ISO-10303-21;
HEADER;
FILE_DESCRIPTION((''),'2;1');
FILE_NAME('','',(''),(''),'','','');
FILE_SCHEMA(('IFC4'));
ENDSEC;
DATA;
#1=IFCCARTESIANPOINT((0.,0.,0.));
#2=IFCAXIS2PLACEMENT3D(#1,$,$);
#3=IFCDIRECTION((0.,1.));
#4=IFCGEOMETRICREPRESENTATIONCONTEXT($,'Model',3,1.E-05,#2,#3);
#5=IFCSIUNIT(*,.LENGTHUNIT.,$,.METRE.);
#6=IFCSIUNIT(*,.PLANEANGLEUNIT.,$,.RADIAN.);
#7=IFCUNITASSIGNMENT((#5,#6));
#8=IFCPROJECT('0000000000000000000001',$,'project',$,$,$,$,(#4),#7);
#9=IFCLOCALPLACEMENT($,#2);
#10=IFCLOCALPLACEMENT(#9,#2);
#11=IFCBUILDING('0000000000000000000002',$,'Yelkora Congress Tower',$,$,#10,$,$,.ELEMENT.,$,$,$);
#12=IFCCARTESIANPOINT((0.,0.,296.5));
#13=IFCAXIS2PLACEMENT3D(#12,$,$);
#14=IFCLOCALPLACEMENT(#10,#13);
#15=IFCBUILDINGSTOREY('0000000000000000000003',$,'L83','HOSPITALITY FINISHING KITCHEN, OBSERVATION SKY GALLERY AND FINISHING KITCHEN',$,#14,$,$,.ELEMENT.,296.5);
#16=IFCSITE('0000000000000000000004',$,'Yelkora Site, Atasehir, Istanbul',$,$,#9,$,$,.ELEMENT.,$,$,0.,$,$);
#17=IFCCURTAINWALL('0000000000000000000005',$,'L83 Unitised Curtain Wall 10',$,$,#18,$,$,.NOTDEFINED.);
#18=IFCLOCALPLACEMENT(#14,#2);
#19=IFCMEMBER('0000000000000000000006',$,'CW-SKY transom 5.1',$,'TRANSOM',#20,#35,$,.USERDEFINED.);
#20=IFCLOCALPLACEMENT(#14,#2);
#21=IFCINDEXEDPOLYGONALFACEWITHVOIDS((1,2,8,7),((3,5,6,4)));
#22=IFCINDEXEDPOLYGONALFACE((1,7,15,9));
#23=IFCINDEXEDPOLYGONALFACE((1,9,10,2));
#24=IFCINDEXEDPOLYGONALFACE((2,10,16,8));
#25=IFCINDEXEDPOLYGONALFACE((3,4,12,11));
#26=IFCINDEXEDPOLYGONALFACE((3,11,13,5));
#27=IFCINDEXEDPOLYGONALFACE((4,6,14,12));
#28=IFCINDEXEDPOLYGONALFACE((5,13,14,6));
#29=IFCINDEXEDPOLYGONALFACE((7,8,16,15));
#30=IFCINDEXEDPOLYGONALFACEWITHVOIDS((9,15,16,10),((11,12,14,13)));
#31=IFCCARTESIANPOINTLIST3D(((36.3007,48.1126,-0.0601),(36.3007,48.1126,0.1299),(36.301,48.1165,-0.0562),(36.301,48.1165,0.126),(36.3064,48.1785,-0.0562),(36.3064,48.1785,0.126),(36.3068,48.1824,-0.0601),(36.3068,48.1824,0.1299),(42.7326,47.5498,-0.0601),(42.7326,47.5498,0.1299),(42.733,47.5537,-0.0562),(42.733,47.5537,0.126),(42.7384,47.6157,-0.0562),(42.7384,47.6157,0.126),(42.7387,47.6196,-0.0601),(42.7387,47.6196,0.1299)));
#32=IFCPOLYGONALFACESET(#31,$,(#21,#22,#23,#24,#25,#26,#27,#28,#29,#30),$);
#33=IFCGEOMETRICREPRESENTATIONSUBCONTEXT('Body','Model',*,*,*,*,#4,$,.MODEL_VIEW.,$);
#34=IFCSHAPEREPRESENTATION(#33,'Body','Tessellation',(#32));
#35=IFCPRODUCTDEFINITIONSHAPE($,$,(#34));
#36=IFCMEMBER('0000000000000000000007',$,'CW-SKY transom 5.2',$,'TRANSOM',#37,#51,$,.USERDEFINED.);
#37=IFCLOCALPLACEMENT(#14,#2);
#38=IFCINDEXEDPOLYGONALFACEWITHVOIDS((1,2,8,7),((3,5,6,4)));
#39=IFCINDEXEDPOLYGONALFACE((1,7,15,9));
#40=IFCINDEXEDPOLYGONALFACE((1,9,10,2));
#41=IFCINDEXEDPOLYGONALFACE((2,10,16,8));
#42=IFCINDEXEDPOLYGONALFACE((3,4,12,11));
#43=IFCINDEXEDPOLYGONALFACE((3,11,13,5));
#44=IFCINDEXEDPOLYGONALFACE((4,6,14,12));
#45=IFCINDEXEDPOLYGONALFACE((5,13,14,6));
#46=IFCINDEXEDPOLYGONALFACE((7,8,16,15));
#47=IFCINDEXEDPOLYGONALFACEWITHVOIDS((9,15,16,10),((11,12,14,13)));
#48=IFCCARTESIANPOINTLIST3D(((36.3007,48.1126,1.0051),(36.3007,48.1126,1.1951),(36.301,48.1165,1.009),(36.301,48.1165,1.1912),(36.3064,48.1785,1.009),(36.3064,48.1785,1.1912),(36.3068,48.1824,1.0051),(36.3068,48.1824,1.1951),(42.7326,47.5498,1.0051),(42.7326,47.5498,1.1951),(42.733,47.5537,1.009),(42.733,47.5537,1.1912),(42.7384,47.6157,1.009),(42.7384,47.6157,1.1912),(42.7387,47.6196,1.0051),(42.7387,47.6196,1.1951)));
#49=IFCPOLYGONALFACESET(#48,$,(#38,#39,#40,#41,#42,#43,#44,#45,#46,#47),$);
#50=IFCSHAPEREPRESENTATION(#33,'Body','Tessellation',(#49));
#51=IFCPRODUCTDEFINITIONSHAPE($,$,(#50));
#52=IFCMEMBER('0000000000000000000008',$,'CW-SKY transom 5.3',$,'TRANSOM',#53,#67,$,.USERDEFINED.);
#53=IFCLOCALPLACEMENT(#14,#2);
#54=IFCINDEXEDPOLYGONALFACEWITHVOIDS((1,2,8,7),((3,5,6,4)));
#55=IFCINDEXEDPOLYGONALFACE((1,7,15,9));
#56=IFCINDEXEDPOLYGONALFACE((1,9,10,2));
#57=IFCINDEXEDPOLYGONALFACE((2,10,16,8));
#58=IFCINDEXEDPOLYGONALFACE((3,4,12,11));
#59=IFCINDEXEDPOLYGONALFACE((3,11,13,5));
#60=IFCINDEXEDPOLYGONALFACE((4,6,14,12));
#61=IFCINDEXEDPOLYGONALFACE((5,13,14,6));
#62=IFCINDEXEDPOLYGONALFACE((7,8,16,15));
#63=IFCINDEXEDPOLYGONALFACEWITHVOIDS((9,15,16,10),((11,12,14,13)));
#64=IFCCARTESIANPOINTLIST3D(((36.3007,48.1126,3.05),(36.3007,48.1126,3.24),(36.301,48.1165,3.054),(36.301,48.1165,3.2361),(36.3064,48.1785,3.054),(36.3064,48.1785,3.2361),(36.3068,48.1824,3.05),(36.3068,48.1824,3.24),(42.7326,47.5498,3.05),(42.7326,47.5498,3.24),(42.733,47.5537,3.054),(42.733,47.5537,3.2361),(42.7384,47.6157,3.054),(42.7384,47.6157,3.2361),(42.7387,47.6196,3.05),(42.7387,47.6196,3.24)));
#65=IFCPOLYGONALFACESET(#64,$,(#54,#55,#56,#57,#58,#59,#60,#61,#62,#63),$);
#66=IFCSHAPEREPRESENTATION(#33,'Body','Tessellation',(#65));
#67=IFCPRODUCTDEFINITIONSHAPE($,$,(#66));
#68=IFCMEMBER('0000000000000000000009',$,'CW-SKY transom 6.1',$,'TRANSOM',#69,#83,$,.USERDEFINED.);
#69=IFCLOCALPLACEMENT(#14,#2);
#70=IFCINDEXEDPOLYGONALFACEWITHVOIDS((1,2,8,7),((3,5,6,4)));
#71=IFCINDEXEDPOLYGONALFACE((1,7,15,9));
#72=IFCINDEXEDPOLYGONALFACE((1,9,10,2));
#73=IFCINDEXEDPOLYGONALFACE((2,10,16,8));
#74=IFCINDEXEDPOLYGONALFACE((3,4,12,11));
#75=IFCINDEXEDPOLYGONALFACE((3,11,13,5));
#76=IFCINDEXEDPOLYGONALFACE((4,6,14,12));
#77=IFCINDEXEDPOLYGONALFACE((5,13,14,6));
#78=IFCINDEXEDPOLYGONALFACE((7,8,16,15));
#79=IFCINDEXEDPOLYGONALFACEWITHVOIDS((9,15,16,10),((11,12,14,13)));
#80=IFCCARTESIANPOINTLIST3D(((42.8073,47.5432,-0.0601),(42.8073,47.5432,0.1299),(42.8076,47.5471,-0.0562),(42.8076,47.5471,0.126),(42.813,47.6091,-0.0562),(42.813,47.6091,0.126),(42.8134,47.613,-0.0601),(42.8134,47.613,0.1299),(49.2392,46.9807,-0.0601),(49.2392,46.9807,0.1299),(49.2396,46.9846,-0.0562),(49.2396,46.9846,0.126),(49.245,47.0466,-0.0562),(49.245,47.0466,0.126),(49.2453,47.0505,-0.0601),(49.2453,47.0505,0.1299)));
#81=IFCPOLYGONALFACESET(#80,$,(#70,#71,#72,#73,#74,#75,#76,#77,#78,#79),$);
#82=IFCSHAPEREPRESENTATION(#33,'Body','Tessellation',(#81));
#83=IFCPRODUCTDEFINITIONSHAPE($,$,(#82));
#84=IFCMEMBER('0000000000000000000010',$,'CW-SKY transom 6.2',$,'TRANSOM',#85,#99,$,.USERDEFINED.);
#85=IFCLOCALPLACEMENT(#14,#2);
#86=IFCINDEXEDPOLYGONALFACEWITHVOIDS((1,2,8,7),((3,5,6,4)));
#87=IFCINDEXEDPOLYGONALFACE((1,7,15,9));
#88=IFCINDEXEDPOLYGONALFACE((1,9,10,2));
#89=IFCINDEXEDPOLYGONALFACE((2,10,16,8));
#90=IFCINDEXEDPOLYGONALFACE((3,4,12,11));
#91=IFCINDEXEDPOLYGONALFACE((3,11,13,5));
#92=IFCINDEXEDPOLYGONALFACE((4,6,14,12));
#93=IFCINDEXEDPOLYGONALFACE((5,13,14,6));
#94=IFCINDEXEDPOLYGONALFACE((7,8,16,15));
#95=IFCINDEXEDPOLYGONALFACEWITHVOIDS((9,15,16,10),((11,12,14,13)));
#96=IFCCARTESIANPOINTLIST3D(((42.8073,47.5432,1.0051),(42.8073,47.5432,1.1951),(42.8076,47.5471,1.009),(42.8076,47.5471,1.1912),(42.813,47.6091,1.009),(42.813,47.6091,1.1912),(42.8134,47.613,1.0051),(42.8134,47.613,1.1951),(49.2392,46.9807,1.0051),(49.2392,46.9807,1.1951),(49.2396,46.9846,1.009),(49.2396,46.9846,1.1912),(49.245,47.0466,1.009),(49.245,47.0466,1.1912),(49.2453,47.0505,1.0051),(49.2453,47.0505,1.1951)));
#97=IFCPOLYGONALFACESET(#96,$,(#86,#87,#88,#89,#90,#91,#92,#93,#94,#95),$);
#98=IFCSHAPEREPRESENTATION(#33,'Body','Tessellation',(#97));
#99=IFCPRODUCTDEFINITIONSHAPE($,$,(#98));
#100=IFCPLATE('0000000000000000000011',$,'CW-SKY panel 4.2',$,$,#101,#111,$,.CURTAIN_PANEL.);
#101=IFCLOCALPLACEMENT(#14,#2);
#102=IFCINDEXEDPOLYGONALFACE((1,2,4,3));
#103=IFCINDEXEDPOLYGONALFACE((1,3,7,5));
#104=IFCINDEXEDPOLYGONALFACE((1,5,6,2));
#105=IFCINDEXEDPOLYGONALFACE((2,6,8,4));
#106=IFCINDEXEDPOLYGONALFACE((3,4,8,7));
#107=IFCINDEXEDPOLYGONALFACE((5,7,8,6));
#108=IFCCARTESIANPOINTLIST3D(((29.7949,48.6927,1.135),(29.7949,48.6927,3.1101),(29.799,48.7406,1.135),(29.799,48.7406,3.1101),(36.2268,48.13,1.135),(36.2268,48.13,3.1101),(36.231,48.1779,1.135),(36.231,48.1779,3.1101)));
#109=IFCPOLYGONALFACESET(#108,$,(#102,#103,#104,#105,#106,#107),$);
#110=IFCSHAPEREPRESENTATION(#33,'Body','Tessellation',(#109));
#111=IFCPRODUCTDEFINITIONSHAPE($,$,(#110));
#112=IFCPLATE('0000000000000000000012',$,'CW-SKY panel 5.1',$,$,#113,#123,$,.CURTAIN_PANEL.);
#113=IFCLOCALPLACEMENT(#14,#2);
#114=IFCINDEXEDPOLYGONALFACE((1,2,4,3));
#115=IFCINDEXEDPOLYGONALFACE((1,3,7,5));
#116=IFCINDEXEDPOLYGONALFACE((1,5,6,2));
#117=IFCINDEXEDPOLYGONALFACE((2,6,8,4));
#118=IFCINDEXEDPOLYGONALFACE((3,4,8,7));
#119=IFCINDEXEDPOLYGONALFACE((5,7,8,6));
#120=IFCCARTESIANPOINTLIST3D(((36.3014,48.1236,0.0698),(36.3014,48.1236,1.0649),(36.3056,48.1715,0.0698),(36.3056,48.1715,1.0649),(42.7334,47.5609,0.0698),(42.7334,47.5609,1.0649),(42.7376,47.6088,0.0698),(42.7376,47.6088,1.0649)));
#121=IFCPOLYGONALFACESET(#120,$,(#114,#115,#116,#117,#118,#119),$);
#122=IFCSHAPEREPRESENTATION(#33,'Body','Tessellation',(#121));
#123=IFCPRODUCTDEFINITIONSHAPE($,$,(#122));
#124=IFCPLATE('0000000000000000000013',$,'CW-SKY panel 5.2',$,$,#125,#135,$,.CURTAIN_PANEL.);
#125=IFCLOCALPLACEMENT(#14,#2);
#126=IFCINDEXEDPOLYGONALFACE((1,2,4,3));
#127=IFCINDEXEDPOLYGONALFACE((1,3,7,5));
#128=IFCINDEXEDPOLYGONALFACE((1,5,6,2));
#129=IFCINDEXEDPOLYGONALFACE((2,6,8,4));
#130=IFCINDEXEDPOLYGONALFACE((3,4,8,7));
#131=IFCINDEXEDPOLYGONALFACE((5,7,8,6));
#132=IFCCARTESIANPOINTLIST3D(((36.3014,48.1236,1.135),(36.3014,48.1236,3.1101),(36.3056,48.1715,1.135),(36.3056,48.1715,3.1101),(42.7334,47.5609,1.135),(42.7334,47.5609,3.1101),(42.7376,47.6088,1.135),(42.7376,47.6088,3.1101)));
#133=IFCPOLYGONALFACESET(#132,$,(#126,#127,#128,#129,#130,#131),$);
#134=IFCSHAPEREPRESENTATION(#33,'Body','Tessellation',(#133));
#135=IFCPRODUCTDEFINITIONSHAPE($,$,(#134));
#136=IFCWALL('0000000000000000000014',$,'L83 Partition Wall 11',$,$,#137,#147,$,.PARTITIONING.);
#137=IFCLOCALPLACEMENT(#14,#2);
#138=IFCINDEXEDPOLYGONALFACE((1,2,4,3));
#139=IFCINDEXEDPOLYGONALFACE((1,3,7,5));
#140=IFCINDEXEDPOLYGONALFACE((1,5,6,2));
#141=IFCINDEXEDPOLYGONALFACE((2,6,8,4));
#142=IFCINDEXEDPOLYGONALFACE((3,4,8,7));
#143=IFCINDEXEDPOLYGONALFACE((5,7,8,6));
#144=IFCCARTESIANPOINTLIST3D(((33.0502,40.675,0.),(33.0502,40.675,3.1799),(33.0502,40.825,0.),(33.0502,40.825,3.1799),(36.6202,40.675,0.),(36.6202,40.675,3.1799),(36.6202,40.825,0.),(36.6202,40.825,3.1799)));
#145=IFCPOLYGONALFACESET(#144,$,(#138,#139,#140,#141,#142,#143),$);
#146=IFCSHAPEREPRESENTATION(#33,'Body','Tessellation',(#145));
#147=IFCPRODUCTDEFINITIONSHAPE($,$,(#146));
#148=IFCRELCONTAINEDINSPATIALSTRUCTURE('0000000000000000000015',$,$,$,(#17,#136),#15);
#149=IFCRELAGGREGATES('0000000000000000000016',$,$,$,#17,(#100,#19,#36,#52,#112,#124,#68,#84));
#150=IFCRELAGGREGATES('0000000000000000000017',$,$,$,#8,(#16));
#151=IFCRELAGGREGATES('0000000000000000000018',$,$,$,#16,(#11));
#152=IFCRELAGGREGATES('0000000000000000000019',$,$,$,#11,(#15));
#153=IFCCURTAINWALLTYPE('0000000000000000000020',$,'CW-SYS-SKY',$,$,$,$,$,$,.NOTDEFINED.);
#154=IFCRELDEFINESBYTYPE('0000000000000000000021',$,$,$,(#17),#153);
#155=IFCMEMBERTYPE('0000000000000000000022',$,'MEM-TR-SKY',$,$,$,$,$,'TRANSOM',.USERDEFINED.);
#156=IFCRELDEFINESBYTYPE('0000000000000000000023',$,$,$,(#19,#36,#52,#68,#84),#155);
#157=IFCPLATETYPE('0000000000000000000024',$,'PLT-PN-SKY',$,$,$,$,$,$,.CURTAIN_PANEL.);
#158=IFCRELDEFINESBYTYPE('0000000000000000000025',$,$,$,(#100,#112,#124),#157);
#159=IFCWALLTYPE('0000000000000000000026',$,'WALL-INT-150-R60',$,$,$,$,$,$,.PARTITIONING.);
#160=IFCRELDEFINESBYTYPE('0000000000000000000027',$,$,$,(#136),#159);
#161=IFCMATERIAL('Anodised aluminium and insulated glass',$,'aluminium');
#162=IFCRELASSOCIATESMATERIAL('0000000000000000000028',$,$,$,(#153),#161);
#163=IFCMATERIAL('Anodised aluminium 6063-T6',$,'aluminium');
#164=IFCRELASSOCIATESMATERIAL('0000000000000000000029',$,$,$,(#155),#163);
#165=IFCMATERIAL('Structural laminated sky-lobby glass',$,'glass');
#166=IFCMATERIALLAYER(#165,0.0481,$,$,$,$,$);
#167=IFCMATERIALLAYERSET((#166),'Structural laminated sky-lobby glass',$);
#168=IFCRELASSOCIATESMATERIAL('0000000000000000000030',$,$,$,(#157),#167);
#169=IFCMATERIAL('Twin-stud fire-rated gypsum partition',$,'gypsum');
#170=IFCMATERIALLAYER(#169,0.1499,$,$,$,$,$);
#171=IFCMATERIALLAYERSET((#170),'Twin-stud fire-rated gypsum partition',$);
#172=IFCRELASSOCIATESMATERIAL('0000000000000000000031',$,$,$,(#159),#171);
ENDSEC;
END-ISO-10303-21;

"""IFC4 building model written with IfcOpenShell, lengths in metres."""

from ifc_helpers import new_model, si_unit, direction, frame, frame_2d, origin, origin_2d, place, context, subcontext, project, spatial, rectangle, hollow_rectangle, extrude, material, layer, layer_set, material_profile, profile_set, type_object, element, aggregate, save


model = new_model("IFC4")

# Units and contexts
model_context = context("Model", 3, precision=1e-05, world=origin(), true_north=direction((0.0, 1.0)))
body_context = subcontext(model_context, "Body", "Model", "MODEL_VIEW")
ifc_project = project(units=[si_unit("LENGTHUNIT", "METRE"), si_unit("PLANEANGLEUNIT", "RADIAN")], contexts=[model_context])

# Site, building, storey
site_placement = place(None, origin())
site = spatial("IfcSite", under=ifc_project, at=site_placement, Name="Yelkora Site, Atasehir, Istanbul", CompositionType="ELEMENT", RefElevation=0.0)
building_placement = place(site_placement, origin())
building = spatial("IfcBuilding", under=site, at=building_placement, Name="Yelkora Congress Tower", CompositionType="ELEMENT")
storey_placement = place(building_placement, frame((0.0, 0.0, 296.5)))
storey = spatial("IfcBuildingStorey", under=building, at=storey_placement, Name="L83", Description="HOSPITALITY FINISHING KITCHEN, OBSERVATION SKY GALLERY AND FINISHING KITCHEN", CompositionType="ELEMENT", Elevation=296.5)

# Curtain wall, members, plates
ifc_material_1 = material(Name="Anodised aluminium and insulated glass", Category="aluminium")
curtain_wall_type = type_object("IfcCurtainWallType", Name="CW-SYS-SKY", PredefinedType="NOTDEFINED", material=ifc_material_1)
curtain_wall_placement = place(storey_placement, origin())
curtain_wall = element("IfcCurtainWall", 1, at=curtain_wall_placement, inside=storey, type_object=curtain_wall_type, Name="L83 Unitised Curtain Wall 10", PredefinedType="NOTDEFINED")
ifc_material_2 = material(Name="Anodised aluminium 6063-T6", Category="aluminium")
ifc_material_profile_1 = material_profile(ifc_material_2, hollow_rectangle(XDim=0.0701, YDim=0.1899, WallThickness=0.0039, at=origin_2d()), Name="ALU 70x190x4")
ifc_profile_set_1 = profile_set([ifc_material_profile_1], Name="Anodised aluminium 6063-T6")
member_type_1 = type_object("IfcMemberType", Name="MEM-TR-SKY", ElementType="TRANSOM", PredefinedType="USERDEFINED", material=ifc_profile_set_1)
member_1_placement = place(storey_placement, frame((36.3037, 48.1475, 0.0349), z_axis=(0.996194, -0.08716, 0.0), x_axis=(0.08716, 0.996194, 0.0)))
member_1 = element("IfcMember", 2, at=member_1_placement, type_object=member_type_1, Name="CW-SKY transom 5.1", ObjectType="TRANSOM", PredefinedType="USERDEFINED", context=body_context, shape_type="SweptSolid", body=[
    extrude(hollow_rectangle(XDim=0.0701, YDim=0.1899, WallThickness=0.0039, at=origin_2d()), origin(), (0.0, 0.0, 1.0), 6.4565),
])
member_2_placement = place(storey_placement, frame((36.3037, 48.1475, 1.1001), z_axis=(0.996194, -0.08716, 0.0), x_axis=(0.08716, 0.996194, 0.0)))
member_2 = element("IfcMember", 3, at=member_2_placement, type_object=member_type_1, Name="CW-SKY transom 5.2", ObjectType="TRANSOM", PredefinedType="USERDEFINED", context=body_context, shape_type="SweptSolid", body=[
    extrude(hollow_rectangle(XDim=0.0701, YDim=0.1899, WallThickness=0.0039, at=origin_2d()), origin(), (0.0, 0.0, 1.0), 6.4565),
])
member_3_placement = place(storey_placement, frame((36.3037, 48.1475, 3.145), z_axis=(0.996194, -0.08716, 0.0), x_axis=(0.08716, 0.996194, 0.0)))
member_3 = element("IfcMember", 4, at=member_3_placement, type_object=member_type_1, Name="CW-SKY transom 5.3", ObjectType="TRANSOM", PredefinedType="USERDEFINED", context=body_context, shape_type="SweptSolid", body=[
    extrude(hollow_rectangle(XDim=0.0701, YDim=0.1899, WallThickness=0.0039, at=origin_2d()), origin(), (0.0, 0.0, 1.0), 6.4565),
])
member_4_placement = place(storey_placement, frame((42.8103, 47.5781, 0.0349), z_axis=(0.996198, -0.087122, 0.0), x_axis=(0.087122, 0.996198, 0.0)))
member_4 = element("IfcMember", 5, at=member_4_placement, type_object=member_type_1, Name="CW-SKY transom 6.1", ObjectType="TRANSOM", PredefinedType="USERDEFINED", context=body_context, shape_type="SweptSolid", body=[
    extrude(hollow_rectangle(XDim=0.0701, YDim=0.1899, WallThickness=0.0039, at=origin_2d()), origin(), (0.0, 0.0, 1.0), 6.4565),
])
member_5_placement = place(storey_placement, frame((42.8103, 47.5781, 1.1001), z_axis=(0.996198, -0.087122, 0.0), x_axis=(0.087122, 0.996198, 0.0)))
member_5 = element("IfcMember", 6, at=member_5_placement, type_object=member_type_1, Name="CW-SKY transom 6.2", ObjectType="TRANSOM", PredefinedType="USERDEFINED", context=body_context, shape_type="SweptSolid", body=[
    extrude(hollow_rectangle(XDim=0.0701, YDim=0.1899, WallThickness=0.0039, at=origin_2d()), origin(), (0.0, 0.0, 1.0), 6.4565),
])
ifc_material_3 = material(Name="Structural laminated sky-lobby glass", Category="glass")
ifc_layer_1 = layer(ifc_material_3, 0.0481)
ifc_layer_set_1 = layer_set([ifc_layer_1], Name="Structural laminated sky-lobby glass")
plate_type = type_object("IfcPlateType", Name="PLT-PN-SKY", PredefinedType="CURTAIN_PANEL", material=ifc_layer_set_1)
plate_1_placement = place(storey_placement, frame((33.0129, 48.4353, 1.135), z_axis=(0.0, 0.0, 1.0), x_axis=(0.996195, -0.087157, 0.0)))
plate_1 = element("IfcPlate", 7, at=plate_1_placement, type_object=plate_type, Name="CW-SKY panel 4.2", PredefinedType="CURTAIN_PANEL", context=body_context, shape_type="SweptSolid", body=[
    extrude(rectangle(XDim=6.4565, YDim=0.0481, at=origin_2d()), origin(), (0.0, 0.0, 1.0), 1.9751),
])
plate_2_placement = place(storey_placement, frame((39.5195, 47.8662, 0.0698), z_axis=(0.0, 0.0, 1.0), x_axis=(0.996195, -0.087157, 0.0)))
plate_2 = element("IfcPlate", 8, at=plate_2_placement, type_object=plate_type, Name="CW-SKY panel 5.1", PredefinedType="CURTAIN_PANEL", context=body_context, shape_type="SweptSolid", body=[
    extrude(rectangle(XDim=6.4565, YDim=0.0481, at=origin_2d()), origin(), (0.0, 0.0, 1.0), 0.9951),
])
plate_3_placement = place(storey_placement, frame((39.5195, 47.8662, 1.135), z_axis=(0.0, 0.0, 1.0), x_axis=(0.996195, -0.087157, 0.0)))
plate_3 = element("IfcPlate", 9, at=plate_3_placement, type_object=plate_type, Name="CW-SKY panel 5.2", PredefinedType="CURTAIN_PANEL", context=body_context, shape_type="SweptSolid", body=[
    extrude(rectangle(XDim=6.4565, YDim=0.0481, at=origin_2d()), origin(), (0.0, 0.0, 1.0), 1.9751),
])
aggregate(curtain_wall, [plate_1, member_1, member_2, member_3, plate_2, plate_3, member_4, member_5])

# Wall
ifc_material_4 = material(Name="Twin-stud fire-rated gypsum partition", Category="gypsum")
ifc_layer_2 = layer(ifc_material_4, 0.1499)
ifc_layer_set_2 = layer_set([ifc_layer_2], Name="Twin-stud fire-rated gypsum partition")
wall_type_1 = type_object("IfcWallType", Name="WALL-INT-150-R60", PredefinedType="PARTITIONING", material=ifc_layer_set_2)
wall_1_placement = place(storey_placement, frame((33.05, 40.75, 0.0), z_axis=(0.0, 0.0, 1.0), x_axis=(1.0, 0.0, 0.0)))
element("IfcWall", 10, at=wall_1_placement, inside=storey, type_object=wall_type_1, Name="L83 Partition Wall 11", PredefinedType="PARTITIONING", context=body_context, shape_type="SweptSolid", body=[
    extrude(rectangle(XDim=3.5701, YDim=0.1499, at=frame_2d((1.7852, 0.0))), origin(), (0.0, 0.0, 1.0), 3.1799),
])

save(model, "model.ifc")
